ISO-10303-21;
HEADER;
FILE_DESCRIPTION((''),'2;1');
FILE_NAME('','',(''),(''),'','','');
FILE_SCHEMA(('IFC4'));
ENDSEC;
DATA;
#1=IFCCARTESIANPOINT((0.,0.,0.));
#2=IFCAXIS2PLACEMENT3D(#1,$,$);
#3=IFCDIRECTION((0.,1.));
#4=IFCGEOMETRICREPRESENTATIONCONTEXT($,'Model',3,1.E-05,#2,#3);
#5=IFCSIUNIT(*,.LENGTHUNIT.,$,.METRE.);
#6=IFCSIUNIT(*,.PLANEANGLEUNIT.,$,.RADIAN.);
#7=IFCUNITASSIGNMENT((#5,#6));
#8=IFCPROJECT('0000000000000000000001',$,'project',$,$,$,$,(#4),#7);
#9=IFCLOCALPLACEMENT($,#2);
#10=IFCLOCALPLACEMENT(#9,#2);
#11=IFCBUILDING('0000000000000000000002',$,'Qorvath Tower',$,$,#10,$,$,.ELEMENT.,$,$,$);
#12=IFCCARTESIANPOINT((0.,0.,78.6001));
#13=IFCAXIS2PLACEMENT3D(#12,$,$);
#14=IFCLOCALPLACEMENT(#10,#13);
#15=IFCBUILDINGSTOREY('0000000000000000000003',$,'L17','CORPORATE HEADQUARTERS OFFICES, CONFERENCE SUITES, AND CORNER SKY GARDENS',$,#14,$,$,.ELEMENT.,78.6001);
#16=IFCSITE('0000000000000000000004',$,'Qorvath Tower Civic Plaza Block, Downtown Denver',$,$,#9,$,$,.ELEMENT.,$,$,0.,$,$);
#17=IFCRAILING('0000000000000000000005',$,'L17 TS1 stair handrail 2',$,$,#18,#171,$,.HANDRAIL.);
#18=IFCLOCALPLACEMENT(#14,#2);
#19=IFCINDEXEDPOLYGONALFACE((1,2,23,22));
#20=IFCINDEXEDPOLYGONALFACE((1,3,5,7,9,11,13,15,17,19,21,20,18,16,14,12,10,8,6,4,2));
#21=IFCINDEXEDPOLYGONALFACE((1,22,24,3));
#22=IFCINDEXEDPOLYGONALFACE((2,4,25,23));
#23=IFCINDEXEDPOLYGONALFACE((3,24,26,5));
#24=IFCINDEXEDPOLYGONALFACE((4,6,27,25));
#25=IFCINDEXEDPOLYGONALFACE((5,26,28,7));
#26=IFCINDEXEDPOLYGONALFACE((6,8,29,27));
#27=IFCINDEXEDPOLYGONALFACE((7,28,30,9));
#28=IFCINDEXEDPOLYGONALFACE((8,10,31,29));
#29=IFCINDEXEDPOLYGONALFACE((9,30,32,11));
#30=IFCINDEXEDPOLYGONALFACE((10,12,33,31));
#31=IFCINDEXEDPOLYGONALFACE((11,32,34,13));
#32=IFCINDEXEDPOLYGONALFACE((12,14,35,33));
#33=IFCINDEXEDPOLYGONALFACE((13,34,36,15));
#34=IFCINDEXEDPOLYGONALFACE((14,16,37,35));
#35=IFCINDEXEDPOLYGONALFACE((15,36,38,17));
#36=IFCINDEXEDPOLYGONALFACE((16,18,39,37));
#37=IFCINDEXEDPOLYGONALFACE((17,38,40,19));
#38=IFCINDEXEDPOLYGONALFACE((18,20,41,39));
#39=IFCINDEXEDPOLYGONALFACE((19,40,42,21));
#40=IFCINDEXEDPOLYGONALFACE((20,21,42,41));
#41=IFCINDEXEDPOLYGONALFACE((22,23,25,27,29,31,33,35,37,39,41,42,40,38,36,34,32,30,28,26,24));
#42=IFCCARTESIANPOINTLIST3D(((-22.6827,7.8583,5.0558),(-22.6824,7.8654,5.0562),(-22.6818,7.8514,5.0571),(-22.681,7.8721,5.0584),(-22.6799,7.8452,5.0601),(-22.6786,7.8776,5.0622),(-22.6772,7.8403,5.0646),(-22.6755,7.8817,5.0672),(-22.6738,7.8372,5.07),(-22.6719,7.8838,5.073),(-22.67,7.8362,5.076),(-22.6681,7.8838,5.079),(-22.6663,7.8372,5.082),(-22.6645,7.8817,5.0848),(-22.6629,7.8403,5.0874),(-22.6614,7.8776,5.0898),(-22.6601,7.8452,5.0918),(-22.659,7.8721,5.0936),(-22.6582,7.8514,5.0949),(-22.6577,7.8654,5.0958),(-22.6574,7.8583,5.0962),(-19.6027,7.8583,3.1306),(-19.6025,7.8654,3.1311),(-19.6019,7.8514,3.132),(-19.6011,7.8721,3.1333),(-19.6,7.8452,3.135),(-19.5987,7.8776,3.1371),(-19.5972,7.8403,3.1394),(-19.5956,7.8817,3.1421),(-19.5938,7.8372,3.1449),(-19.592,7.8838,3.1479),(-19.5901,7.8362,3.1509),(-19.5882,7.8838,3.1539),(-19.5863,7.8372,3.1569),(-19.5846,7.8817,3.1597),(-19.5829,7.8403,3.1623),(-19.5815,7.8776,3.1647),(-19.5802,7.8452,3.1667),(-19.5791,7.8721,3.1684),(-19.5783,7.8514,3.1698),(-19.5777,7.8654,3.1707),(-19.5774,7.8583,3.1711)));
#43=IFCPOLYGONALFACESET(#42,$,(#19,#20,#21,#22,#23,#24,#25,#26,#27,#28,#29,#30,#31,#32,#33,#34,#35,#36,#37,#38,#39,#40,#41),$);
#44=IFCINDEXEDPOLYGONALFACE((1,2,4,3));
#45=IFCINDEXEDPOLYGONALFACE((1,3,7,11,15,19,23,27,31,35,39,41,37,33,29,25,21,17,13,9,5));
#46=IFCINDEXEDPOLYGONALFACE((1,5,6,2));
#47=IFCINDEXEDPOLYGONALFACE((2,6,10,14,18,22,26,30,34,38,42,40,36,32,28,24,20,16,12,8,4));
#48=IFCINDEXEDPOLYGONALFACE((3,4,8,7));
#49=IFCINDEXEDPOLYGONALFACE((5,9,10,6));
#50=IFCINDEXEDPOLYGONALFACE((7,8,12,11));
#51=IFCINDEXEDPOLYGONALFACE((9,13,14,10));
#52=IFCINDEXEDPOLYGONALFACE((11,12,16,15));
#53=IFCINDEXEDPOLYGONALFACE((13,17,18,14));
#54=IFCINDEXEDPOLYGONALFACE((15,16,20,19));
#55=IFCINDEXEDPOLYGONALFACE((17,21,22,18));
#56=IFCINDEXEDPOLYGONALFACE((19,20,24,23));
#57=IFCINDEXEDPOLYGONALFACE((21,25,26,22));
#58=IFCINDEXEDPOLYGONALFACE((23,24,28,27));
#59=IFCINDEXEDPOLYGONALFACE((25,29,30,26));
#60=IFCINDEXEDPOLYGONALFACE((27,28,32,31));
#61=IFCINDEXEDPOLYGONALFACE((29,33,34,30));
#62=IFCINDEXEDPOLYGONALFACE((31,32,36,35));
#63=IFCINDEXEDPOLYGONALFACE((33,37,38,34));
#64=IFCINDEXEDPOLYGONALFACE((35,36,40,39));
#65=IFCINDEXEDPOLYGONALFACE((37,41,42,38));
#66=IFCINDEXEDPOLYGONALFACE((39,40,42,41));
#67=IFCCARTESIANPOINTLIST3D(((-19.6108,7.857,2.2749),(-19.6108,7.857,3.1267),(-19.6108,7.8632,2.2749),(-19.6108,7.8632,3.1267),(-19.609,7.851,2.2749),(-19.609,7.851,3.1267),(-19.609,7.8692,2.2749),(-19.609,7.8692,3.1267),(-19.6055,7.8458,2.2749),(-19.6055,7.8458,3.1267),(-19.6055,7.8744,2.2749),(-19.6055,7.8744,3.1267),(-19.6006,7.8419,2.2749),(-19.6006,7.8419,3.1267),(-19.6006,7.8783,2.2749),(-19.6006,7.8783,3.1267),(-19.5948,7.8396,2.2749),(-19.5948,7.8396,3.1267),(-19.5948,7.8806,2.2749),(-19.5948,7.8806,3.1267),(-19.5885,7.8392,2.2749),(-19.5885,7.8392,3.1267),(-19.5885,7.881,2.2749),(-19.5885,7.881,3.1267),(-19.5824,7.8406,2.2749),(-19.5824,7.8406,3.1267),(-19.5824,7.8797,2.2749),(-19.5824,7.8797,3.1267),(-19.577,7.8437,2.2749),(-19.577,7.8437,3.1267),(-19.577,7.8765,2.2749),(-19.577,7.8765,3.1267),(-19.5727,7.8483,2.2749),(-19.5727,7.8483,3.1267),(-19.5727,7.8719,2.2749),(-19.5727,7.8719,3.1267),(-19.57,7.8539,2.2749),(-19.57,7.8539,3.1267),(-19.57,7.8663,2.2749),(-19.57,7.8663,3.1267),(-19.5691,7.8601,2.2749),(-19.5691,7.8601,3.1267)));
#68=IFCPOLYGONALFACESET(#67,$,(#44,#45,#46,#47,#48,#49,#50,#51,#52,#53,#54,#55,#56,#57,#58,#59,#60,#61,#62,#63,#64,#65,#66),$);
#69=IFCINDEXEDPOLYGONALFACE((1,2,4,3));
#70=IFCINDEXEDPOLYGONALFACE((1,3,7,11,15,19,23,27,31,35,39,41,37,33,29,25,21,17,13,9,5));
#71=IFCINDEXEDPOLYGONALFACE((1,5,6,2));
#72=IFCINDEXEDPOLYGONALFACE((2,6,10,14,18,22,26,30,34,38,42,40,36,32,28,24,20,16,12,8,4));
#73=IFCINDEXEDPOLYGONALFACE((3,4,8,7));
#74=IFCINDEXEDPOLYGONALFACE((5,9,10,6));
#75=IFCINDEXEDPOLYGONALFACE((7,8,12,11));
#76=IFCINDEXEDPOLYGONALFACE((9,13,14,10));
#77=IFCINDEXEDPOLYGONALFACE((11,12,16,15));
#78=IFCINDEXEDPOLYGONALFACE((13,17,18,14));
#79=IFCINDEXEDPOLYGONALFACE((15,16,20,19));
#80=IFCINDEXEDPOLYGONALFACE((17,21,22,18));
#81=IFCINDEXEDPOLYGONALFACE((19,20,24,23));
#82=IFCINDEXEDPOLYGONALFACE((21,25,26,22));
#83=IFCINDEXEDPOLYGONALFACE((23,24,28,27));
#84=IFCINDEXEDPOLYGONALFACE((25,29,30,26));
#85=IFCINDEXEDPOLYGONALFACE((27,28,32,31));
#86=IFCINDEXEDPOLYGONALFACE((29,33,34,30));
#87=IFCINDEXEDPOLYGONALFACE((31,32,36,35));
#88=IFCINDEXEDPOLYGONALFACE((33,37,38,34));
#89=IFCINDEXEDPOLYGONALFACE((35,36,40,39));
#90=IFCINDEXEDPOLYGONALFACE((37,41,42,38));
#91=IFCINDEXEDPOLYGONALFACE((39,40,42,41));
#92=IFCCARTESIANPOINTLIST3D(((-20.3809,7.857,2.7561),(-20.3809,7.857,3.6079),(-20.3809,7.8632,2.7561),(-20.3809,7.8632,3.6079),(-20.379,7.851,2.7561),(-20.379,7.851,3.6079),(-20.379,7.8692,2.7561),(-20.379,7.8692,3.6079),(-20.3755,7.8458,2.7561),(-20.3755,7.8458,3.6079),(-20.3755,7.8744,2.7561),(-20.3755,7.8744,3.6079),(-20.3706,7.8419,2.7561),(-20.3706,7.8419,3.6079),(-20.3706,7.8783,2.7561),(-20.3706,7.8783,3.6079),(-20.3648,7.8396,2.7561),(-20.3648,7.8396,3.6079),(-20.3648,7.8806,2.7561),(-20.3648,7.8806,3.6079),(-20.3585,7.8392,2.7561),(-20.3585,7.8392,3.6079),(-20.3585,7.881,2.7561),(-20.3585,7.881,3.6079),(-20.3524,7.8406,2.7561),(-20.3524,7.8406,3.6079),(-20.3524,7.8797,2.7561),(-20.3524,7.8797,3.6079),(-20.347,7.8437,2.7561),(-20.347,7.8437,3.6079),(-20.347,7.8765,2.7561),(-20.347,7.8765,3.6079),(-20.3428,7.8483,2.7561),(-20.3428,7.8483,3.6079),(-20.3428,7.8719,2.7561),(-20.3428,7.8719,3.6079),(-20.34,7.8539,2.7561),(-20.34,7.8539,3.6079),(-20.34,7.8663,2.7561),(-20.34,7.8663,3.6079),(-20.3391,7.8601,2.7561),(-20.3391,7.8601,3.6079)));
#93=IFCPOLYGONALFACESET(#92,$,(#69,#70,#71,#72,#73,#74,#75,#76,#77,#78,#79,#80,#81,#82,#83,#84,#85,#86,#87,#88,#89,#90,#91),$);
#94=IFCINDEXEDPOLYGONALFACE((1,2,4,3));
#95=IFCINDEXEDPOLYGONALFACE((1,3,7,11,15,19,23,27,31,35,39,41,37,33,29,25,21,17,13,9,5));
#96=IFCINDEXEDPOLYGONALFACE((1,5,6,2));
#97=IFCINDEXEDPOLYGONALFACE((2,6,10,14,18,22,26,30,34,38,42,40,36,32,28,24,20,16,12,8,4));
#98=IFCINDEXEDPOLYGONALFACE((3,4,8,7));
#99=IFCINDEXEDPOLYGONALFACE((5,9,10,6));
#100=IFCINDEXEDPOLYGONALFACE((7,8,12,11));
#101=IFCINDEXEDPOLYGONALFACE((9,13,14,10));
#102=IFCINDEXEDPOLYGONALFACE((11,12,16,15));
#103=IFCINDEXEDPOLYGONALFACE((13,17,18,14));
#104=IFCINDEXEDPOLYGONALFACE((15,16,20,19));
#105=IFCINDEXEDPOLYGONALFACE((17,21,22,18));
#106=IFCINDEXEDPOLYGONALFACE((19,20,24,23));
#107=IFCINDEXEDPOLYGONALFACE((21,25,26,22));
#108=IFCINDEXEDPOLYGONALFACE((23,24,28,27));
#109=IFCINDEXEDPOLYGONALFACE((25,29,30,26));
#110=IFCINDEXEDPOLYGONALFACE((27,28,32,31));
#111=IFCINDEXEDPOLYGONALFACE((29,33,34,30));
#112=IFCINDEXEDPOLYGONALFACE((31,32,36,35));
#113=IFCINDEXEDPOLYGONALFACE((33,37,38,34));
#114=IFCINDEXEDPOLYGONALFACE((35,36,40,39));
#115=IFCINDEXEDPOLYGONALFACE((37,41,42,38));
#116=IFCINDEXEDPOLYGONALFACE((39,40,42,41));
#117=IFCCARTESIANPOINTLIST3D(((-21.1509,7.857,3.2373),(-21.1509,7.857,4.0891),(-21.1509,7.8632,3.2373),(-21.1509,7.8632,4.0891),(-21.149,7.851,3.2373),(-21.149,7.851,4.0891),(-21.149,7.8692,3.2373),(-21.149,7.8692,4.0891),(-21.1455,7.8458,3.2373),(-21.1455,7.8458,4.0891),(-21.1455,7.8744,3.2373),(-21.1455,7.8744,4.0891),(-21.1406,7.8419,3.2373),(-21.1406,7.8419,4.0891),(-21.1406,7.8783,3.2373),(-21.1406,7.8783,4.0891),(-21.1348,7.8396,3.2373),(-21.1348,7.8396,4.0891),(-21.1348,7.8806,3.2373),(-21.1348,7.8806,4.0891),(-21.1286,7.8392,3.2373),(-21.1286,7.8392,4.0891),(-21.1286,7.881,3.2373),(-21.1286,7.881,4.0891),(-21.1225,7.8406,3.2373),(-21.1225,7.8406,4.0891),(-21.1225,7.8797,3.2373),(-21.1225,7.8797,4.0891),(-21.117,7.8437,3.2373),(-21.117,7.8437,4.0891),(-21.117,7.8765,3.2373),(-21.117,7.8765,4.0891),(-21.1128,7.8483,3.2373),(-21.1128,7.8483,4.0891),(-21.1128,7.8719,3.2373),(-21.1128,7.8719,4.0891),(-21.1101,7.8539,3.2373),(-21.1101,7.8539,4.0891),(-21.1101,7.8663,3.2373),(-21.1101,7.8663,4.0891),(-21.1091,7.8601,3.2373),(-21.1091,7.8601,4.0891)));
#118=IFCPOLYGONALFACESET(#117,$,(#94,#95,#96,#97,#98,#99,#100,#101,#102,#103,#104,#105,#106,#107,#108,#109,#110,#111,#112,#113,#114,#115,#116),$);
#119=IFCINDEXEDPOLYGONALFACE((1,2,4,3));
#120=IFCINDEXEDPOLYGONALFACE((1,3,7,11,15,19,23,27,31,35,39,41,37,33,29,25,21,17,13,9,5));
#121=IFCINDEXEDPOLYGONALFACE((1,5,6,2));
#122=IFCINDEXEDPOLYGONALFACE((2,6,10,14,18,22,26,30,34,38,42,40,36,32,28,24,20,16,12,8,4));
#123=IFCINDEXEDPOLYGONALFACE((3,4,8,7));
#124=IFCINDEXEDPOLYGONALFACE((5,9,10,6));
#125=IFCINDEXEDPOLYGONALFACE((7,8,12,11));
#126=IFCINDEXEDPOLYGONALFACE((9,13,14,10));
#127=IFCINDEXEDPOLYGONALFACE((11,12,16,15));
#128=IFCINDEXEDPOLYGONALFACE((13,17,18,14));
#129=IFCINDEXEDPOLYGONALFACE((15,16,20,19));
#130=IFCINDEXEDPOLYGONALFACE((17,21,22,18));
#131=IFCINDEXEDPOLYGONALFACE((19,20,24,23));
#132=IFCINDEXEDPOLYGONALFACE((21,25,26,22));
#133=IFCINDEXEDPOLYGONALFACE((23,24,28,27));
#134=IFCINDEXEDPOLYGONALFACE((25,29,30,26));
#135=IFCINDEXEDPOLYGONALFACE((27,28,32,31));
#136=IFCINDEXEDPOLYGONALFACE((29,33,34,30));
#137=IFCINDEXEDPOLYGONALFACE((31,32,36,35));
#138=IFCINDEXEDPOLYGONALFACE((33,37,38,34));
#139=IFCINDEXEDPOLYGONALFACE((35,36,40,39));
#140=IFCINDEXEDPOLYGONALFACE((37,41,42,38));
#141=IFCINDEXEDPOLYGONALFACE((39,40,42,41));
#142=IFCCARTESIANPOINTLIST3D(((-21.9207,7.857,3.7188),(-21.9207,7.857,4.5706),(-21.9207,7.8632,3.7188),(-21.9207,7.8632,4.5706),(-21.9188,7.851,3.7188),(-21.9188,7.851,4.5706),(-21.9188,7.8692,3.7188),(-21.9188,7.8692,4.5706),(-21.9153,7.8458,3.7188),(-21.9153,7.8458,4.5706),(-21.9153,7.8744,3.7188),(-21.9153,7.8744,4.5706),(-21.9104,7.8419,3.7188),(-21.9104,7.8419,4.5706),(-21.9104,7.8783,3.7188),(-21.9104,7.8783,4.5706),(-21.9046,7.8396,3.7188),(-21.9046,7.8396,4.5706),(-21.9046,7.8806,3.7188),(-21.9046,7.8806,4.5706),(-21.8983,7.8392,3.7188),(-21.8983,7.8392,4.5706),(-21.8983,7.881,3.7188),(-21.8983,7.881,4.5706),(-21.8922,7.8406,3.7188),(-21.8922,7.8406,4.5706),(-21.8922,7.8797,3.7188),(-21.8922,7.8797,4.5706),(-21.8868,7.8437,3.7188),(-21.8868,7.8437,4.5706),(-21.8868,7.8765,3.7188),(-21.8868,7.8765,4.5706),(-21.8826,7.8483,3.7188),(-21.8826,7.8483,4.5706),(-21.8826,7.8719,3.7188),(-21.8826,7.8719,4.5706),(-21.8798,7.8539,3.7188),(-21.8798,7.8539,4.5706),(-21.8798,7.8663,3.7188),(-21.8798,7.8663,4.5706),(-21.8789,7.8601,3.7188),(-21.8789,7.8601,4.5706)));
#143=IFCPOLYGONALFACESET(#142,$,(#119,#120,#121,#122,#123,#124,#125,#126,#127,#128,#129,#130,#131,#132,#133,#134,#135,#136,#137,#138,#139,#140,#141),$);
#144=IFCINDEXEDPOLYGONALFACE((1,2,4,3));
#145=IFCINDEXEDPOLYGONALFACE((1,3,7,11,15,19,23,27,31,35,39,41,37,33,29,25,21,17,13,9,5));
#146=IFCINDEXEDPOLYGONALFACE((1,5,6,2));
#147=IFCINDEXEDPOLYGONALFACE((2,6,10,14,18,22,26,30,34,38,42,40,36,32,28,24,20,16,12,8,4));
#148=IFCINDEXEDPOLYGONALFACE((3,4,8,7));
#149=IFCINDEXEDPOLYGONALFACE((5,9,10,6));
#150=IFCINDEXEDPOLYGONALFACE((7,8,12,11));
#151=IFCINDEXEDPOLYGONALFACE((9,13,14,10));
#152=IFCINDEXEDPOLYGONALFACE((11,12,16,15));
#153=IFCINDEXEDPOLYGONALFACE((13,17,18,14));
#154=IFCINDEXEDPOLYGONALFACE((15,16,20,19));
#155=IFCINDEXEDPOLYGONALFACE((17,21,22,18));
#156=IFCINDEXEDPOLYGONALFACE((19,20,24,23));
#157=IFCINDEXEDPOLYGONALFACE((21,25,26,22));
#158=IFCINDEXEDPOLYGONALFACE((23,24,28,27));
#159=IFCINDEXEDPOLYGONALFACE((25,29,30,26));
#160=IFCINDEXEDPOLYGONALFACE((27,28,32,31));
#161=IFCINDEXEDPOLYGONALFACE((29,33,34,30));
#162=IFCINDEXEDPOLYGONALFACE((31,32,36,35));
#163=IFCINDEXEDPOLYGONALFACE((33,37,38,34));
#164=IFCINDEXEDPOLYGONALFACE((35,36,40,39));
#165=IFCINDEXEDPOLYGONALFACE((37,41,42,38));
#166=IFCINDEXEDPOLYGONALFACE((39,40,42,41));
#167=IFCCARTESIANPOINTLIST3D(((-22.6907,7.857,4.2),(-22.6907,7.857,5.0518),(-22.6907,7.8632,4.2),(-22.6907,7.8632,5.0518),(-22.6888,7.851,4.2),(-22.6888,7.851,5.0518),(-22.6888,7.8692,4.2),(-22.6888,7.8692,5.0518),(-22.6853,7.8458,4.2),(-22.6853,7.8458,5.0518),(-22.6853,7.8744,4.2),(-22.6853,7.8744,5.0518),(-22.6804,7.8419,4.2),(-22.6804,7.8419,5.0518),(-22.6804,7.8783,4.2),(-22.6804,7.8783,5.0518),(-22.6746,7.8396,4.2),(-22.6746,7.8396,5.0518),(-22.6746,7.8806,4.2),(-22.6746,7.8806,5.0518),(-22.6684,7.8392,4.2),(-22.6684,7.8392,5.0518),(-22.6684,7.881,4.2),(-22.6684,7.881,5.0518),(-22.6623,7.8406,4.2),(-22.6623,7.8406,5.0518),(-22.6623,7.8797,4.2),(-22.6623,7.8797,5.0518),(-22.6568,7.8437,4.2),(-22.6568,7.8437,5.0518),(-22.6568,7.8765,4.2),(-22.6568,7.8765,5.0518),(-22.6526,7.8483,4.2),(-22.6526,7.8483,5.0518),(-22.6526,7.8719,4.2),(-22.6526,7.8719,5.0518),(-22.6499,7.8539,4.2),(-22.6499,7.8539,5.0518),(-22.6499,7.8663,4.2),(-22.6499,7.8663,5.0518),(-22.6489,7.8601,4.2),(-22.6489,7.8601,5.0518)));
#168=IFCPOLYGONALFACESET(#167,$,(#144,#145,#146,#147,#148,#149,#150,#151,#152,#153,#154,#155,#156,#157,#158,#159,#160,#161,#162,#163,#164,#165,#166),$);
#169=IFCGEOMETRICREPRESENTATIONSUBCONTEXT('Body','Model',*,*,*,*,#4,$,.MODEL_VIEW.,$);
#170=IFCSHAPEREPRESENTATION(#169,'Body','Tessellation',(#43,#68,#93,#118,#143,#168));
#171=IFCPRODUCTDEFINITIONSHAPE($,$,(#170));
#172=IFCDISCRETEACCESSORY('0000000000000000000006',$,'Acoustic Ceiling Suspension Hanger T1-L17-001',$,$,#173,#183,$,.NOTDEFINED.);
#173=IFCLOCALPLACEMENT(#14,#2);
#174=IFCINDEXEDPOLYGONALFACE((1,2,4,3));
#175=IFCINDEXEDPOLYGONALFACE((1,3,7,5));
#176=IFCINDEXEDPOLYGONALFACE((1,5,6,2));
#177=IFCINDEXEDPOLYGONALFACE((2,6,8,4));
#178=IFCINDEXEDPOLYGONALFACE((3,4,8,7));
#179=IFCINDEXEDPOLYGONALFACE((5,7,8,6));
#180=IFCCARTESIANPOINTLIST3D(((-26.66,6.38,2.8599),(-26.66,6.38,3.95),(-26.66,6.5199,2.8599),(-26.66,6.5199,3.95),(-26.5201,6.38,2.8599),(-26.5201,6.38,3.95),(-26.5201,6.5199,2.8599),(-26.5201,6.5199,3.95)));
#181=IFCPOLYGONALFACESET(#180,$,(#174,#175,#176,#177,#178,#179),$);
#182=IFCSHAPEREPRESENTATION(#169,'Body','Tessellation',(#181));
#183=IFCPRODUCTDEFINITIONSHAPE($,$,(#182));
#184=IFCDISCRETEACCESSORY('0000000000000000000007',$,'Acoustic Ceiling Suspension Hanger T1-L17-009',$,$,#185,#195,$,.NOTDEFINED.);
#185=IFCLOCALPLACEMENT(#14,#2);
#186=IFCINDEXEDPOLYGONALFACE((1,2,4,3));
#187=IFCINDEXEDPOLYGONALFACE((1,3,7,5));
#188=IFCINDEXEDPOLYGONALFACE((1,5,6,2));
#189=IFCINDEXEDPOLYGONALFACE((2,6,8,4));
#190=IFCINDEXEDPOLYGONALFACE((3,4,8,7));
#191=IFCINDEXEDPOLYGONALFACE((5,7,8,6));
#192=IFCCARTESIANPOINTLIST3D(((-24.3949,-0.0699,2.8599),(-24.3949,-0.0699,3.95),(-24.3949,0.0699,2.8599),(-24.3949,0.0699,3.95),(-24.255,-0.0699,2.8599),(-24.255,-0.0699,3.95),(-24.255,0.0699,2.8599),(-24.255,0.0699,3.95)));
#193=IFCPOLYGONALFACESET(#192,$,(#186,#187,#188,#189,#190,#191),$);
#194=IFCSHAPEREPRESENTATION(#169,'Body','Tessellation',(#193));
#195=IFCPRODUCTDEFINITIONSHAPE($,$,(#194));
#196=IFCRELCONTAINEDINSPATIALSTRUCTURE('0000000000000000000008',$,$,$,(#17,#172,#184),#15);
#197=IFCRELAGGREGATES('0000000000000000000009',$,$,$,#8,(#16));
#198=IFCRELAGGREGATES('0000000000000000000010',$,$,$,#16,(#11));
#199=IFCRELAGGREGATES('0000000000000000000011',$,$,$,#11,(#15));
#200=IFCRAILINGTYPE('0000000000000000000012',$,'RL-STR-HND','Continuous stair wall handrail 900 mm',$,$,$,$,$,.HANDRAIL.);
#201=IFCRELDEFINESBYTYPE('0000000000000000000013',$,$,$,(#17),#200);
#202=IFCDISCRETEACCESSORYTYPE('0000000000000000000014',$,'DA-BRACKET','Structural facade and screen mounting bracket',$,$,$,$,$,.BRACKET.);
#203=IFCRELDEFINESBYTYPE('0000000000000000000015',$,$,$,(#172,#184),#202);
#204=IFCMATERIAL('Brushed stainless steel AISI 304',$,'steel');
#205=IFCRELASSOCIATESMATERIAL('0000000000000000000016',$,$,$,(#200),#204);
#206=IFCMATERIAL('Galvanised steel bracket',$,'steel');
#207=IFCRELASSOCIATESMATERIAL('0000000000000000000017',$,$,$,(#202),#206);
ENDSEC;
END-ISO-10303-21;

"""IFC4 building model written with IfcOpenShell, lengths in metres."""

from ifc_helpers import new_model, si_unit, direction, frame, origin, origin_2d, place, context, subcontext, project, spatial, rectangle, circle, extrude, material, type_object, element, save


model = new_model("IFC4")

# Units and contexts
model_context = context("Model", 3, precision=1e-05, world=origin(), true_north=direction((0.0, 1.0)))
body_context = subcontext(model_context, "Body", "Model", "MODEL_VIEW")
ifc_project = project(units=[si_unit("LENGTHUNIT", "METRE"), si_unit("PLANEANGLEUNIT", "RADIAN")], contexts=[model_context])

# Site, building, storey
site_placement = place(None, origin())
site = spatial("IfcSite", under=ifc_project, at=site_placement, Name="Qorvath Tower Civic Plaza Block, Downtown Denver", CompositionType="ELEMENT", RefElevation=0.0)
building_placement = place(site_placement, origin())
building = spatial("IfcBuilding", under=site, at=building_placement, Name="Qorvath Tower", CompositionType="ELEMENT")
storey_placement = place(building_placement, frame((0.0, 0.0, 78.6001)))
storey = spatial("IfcBuildingStorey", under=building, at=storey_placement, Name="L17", Description="CORPORATE HEADQUARTERS OFFICES, CONFERENCE SUITES, AND CORNER SKY GARDENS", CompositionType="ELEMENT", Elevation=78.6001)

# Railing
ifc_material_1 = material(Name="Brushed stainless steel AISI 304", Category="steel")
railing_type_1 = type_object("IfcRailingType", Name="RL-STR-HND", Description="Continuous stair wall handrail 900 mm", PredefinedType="HANDRAIL", material=ifc_material_1)
railing_1_placement = place(storey_placement, frame((-19.5901, 7.8601, 2.2749)))
element("IfcRailing", 1, at=railing_1_placement, inside=storey, type_object=railing_type_1, Name="L17 TS1 stair handrail 2", PredefinedType="HANDRAIL", context=body_context, shape_type="SweptSolid", body=[
    extrude(circle(Radius=0.0239, at=origin_2d()), frame((0.0, 0.0, 0.876), z_axis=(-0.847979, 0.0, 0.530029), x_axis=(0.0, -1.0, 0.0)), (0.0, 0.0, 1.0), 3.6321),
    extrude(circle(Radius=0.021, at=origin_2d()), origin(), (0.0, 0.0, 1.0), 0.8518),
    extrude(circle(Radius=0.021, at=origin_2d()), frame((-0.77, 0.0, 0.4812)), (0.0, 0.0, 1.0), 0.8518),
    extrude(circle(Radius=0.021, at=origin_2d()), frame((-1.54, 0.0, 0.9624)), (0.0, 0.0, 1.0), 0.8518),
    extrude(circle(Radius=0.021, at=origin_2d()), frame((-2.3098, 0.0, 1.4438)), (0.0, 0.0, 1.0), 0.8518),
    extrude(circle(Radius=0.021, at=origin_2d()), frame((-3.0798, 0.0, 1.925)), (0.0, 0.0, 1.0), 0.8518),
])

# Discrete accessories
ifc_material_2 = material(Name="Galvanised steel bracket", Category="steel")
discrete_accessory_type = type_object("IfcDiscreteAccessoryType", Name="DA-BRACKET", Description="Structural facade and screen mounting bracket", PredefinedType="BRACKET", material=ifc_material_2)
for number, where, z_axis, x_axis, name in (
    (2, (-26.5901, 6.45, 2.8599), (0.0, 0.0, 1.0), (1.0, 0.0, 0.0), "Acoustic Ceiling Suspension Hanger T1-L17-001"),
    (3, (-24.325, 0.0, 2.8599), (0.0, 0.0, 1.0), (1.0, 0.0, 0.0), "Acoustic Ceiling Suspension Hanger T1-L17-009"),
):
    element("IfcDiscreteAccessory", number, at=place(storey_placement, frame(where, z_axis=z_axis, x_axis=x_axis)), inside=storey, type_object=discrete_accessory_type, Name=name, PredefinedType="NOTDEFINED", context=body_context, shape_type="SweptSolid", body=[
        extrude(rectangle(XDim=0.1399, YDim=0.1399, at=origin_2d()), origin(), (0.0, 0.0, 1.0), 1.0901),
    ])

save(model, "model.ifc")
